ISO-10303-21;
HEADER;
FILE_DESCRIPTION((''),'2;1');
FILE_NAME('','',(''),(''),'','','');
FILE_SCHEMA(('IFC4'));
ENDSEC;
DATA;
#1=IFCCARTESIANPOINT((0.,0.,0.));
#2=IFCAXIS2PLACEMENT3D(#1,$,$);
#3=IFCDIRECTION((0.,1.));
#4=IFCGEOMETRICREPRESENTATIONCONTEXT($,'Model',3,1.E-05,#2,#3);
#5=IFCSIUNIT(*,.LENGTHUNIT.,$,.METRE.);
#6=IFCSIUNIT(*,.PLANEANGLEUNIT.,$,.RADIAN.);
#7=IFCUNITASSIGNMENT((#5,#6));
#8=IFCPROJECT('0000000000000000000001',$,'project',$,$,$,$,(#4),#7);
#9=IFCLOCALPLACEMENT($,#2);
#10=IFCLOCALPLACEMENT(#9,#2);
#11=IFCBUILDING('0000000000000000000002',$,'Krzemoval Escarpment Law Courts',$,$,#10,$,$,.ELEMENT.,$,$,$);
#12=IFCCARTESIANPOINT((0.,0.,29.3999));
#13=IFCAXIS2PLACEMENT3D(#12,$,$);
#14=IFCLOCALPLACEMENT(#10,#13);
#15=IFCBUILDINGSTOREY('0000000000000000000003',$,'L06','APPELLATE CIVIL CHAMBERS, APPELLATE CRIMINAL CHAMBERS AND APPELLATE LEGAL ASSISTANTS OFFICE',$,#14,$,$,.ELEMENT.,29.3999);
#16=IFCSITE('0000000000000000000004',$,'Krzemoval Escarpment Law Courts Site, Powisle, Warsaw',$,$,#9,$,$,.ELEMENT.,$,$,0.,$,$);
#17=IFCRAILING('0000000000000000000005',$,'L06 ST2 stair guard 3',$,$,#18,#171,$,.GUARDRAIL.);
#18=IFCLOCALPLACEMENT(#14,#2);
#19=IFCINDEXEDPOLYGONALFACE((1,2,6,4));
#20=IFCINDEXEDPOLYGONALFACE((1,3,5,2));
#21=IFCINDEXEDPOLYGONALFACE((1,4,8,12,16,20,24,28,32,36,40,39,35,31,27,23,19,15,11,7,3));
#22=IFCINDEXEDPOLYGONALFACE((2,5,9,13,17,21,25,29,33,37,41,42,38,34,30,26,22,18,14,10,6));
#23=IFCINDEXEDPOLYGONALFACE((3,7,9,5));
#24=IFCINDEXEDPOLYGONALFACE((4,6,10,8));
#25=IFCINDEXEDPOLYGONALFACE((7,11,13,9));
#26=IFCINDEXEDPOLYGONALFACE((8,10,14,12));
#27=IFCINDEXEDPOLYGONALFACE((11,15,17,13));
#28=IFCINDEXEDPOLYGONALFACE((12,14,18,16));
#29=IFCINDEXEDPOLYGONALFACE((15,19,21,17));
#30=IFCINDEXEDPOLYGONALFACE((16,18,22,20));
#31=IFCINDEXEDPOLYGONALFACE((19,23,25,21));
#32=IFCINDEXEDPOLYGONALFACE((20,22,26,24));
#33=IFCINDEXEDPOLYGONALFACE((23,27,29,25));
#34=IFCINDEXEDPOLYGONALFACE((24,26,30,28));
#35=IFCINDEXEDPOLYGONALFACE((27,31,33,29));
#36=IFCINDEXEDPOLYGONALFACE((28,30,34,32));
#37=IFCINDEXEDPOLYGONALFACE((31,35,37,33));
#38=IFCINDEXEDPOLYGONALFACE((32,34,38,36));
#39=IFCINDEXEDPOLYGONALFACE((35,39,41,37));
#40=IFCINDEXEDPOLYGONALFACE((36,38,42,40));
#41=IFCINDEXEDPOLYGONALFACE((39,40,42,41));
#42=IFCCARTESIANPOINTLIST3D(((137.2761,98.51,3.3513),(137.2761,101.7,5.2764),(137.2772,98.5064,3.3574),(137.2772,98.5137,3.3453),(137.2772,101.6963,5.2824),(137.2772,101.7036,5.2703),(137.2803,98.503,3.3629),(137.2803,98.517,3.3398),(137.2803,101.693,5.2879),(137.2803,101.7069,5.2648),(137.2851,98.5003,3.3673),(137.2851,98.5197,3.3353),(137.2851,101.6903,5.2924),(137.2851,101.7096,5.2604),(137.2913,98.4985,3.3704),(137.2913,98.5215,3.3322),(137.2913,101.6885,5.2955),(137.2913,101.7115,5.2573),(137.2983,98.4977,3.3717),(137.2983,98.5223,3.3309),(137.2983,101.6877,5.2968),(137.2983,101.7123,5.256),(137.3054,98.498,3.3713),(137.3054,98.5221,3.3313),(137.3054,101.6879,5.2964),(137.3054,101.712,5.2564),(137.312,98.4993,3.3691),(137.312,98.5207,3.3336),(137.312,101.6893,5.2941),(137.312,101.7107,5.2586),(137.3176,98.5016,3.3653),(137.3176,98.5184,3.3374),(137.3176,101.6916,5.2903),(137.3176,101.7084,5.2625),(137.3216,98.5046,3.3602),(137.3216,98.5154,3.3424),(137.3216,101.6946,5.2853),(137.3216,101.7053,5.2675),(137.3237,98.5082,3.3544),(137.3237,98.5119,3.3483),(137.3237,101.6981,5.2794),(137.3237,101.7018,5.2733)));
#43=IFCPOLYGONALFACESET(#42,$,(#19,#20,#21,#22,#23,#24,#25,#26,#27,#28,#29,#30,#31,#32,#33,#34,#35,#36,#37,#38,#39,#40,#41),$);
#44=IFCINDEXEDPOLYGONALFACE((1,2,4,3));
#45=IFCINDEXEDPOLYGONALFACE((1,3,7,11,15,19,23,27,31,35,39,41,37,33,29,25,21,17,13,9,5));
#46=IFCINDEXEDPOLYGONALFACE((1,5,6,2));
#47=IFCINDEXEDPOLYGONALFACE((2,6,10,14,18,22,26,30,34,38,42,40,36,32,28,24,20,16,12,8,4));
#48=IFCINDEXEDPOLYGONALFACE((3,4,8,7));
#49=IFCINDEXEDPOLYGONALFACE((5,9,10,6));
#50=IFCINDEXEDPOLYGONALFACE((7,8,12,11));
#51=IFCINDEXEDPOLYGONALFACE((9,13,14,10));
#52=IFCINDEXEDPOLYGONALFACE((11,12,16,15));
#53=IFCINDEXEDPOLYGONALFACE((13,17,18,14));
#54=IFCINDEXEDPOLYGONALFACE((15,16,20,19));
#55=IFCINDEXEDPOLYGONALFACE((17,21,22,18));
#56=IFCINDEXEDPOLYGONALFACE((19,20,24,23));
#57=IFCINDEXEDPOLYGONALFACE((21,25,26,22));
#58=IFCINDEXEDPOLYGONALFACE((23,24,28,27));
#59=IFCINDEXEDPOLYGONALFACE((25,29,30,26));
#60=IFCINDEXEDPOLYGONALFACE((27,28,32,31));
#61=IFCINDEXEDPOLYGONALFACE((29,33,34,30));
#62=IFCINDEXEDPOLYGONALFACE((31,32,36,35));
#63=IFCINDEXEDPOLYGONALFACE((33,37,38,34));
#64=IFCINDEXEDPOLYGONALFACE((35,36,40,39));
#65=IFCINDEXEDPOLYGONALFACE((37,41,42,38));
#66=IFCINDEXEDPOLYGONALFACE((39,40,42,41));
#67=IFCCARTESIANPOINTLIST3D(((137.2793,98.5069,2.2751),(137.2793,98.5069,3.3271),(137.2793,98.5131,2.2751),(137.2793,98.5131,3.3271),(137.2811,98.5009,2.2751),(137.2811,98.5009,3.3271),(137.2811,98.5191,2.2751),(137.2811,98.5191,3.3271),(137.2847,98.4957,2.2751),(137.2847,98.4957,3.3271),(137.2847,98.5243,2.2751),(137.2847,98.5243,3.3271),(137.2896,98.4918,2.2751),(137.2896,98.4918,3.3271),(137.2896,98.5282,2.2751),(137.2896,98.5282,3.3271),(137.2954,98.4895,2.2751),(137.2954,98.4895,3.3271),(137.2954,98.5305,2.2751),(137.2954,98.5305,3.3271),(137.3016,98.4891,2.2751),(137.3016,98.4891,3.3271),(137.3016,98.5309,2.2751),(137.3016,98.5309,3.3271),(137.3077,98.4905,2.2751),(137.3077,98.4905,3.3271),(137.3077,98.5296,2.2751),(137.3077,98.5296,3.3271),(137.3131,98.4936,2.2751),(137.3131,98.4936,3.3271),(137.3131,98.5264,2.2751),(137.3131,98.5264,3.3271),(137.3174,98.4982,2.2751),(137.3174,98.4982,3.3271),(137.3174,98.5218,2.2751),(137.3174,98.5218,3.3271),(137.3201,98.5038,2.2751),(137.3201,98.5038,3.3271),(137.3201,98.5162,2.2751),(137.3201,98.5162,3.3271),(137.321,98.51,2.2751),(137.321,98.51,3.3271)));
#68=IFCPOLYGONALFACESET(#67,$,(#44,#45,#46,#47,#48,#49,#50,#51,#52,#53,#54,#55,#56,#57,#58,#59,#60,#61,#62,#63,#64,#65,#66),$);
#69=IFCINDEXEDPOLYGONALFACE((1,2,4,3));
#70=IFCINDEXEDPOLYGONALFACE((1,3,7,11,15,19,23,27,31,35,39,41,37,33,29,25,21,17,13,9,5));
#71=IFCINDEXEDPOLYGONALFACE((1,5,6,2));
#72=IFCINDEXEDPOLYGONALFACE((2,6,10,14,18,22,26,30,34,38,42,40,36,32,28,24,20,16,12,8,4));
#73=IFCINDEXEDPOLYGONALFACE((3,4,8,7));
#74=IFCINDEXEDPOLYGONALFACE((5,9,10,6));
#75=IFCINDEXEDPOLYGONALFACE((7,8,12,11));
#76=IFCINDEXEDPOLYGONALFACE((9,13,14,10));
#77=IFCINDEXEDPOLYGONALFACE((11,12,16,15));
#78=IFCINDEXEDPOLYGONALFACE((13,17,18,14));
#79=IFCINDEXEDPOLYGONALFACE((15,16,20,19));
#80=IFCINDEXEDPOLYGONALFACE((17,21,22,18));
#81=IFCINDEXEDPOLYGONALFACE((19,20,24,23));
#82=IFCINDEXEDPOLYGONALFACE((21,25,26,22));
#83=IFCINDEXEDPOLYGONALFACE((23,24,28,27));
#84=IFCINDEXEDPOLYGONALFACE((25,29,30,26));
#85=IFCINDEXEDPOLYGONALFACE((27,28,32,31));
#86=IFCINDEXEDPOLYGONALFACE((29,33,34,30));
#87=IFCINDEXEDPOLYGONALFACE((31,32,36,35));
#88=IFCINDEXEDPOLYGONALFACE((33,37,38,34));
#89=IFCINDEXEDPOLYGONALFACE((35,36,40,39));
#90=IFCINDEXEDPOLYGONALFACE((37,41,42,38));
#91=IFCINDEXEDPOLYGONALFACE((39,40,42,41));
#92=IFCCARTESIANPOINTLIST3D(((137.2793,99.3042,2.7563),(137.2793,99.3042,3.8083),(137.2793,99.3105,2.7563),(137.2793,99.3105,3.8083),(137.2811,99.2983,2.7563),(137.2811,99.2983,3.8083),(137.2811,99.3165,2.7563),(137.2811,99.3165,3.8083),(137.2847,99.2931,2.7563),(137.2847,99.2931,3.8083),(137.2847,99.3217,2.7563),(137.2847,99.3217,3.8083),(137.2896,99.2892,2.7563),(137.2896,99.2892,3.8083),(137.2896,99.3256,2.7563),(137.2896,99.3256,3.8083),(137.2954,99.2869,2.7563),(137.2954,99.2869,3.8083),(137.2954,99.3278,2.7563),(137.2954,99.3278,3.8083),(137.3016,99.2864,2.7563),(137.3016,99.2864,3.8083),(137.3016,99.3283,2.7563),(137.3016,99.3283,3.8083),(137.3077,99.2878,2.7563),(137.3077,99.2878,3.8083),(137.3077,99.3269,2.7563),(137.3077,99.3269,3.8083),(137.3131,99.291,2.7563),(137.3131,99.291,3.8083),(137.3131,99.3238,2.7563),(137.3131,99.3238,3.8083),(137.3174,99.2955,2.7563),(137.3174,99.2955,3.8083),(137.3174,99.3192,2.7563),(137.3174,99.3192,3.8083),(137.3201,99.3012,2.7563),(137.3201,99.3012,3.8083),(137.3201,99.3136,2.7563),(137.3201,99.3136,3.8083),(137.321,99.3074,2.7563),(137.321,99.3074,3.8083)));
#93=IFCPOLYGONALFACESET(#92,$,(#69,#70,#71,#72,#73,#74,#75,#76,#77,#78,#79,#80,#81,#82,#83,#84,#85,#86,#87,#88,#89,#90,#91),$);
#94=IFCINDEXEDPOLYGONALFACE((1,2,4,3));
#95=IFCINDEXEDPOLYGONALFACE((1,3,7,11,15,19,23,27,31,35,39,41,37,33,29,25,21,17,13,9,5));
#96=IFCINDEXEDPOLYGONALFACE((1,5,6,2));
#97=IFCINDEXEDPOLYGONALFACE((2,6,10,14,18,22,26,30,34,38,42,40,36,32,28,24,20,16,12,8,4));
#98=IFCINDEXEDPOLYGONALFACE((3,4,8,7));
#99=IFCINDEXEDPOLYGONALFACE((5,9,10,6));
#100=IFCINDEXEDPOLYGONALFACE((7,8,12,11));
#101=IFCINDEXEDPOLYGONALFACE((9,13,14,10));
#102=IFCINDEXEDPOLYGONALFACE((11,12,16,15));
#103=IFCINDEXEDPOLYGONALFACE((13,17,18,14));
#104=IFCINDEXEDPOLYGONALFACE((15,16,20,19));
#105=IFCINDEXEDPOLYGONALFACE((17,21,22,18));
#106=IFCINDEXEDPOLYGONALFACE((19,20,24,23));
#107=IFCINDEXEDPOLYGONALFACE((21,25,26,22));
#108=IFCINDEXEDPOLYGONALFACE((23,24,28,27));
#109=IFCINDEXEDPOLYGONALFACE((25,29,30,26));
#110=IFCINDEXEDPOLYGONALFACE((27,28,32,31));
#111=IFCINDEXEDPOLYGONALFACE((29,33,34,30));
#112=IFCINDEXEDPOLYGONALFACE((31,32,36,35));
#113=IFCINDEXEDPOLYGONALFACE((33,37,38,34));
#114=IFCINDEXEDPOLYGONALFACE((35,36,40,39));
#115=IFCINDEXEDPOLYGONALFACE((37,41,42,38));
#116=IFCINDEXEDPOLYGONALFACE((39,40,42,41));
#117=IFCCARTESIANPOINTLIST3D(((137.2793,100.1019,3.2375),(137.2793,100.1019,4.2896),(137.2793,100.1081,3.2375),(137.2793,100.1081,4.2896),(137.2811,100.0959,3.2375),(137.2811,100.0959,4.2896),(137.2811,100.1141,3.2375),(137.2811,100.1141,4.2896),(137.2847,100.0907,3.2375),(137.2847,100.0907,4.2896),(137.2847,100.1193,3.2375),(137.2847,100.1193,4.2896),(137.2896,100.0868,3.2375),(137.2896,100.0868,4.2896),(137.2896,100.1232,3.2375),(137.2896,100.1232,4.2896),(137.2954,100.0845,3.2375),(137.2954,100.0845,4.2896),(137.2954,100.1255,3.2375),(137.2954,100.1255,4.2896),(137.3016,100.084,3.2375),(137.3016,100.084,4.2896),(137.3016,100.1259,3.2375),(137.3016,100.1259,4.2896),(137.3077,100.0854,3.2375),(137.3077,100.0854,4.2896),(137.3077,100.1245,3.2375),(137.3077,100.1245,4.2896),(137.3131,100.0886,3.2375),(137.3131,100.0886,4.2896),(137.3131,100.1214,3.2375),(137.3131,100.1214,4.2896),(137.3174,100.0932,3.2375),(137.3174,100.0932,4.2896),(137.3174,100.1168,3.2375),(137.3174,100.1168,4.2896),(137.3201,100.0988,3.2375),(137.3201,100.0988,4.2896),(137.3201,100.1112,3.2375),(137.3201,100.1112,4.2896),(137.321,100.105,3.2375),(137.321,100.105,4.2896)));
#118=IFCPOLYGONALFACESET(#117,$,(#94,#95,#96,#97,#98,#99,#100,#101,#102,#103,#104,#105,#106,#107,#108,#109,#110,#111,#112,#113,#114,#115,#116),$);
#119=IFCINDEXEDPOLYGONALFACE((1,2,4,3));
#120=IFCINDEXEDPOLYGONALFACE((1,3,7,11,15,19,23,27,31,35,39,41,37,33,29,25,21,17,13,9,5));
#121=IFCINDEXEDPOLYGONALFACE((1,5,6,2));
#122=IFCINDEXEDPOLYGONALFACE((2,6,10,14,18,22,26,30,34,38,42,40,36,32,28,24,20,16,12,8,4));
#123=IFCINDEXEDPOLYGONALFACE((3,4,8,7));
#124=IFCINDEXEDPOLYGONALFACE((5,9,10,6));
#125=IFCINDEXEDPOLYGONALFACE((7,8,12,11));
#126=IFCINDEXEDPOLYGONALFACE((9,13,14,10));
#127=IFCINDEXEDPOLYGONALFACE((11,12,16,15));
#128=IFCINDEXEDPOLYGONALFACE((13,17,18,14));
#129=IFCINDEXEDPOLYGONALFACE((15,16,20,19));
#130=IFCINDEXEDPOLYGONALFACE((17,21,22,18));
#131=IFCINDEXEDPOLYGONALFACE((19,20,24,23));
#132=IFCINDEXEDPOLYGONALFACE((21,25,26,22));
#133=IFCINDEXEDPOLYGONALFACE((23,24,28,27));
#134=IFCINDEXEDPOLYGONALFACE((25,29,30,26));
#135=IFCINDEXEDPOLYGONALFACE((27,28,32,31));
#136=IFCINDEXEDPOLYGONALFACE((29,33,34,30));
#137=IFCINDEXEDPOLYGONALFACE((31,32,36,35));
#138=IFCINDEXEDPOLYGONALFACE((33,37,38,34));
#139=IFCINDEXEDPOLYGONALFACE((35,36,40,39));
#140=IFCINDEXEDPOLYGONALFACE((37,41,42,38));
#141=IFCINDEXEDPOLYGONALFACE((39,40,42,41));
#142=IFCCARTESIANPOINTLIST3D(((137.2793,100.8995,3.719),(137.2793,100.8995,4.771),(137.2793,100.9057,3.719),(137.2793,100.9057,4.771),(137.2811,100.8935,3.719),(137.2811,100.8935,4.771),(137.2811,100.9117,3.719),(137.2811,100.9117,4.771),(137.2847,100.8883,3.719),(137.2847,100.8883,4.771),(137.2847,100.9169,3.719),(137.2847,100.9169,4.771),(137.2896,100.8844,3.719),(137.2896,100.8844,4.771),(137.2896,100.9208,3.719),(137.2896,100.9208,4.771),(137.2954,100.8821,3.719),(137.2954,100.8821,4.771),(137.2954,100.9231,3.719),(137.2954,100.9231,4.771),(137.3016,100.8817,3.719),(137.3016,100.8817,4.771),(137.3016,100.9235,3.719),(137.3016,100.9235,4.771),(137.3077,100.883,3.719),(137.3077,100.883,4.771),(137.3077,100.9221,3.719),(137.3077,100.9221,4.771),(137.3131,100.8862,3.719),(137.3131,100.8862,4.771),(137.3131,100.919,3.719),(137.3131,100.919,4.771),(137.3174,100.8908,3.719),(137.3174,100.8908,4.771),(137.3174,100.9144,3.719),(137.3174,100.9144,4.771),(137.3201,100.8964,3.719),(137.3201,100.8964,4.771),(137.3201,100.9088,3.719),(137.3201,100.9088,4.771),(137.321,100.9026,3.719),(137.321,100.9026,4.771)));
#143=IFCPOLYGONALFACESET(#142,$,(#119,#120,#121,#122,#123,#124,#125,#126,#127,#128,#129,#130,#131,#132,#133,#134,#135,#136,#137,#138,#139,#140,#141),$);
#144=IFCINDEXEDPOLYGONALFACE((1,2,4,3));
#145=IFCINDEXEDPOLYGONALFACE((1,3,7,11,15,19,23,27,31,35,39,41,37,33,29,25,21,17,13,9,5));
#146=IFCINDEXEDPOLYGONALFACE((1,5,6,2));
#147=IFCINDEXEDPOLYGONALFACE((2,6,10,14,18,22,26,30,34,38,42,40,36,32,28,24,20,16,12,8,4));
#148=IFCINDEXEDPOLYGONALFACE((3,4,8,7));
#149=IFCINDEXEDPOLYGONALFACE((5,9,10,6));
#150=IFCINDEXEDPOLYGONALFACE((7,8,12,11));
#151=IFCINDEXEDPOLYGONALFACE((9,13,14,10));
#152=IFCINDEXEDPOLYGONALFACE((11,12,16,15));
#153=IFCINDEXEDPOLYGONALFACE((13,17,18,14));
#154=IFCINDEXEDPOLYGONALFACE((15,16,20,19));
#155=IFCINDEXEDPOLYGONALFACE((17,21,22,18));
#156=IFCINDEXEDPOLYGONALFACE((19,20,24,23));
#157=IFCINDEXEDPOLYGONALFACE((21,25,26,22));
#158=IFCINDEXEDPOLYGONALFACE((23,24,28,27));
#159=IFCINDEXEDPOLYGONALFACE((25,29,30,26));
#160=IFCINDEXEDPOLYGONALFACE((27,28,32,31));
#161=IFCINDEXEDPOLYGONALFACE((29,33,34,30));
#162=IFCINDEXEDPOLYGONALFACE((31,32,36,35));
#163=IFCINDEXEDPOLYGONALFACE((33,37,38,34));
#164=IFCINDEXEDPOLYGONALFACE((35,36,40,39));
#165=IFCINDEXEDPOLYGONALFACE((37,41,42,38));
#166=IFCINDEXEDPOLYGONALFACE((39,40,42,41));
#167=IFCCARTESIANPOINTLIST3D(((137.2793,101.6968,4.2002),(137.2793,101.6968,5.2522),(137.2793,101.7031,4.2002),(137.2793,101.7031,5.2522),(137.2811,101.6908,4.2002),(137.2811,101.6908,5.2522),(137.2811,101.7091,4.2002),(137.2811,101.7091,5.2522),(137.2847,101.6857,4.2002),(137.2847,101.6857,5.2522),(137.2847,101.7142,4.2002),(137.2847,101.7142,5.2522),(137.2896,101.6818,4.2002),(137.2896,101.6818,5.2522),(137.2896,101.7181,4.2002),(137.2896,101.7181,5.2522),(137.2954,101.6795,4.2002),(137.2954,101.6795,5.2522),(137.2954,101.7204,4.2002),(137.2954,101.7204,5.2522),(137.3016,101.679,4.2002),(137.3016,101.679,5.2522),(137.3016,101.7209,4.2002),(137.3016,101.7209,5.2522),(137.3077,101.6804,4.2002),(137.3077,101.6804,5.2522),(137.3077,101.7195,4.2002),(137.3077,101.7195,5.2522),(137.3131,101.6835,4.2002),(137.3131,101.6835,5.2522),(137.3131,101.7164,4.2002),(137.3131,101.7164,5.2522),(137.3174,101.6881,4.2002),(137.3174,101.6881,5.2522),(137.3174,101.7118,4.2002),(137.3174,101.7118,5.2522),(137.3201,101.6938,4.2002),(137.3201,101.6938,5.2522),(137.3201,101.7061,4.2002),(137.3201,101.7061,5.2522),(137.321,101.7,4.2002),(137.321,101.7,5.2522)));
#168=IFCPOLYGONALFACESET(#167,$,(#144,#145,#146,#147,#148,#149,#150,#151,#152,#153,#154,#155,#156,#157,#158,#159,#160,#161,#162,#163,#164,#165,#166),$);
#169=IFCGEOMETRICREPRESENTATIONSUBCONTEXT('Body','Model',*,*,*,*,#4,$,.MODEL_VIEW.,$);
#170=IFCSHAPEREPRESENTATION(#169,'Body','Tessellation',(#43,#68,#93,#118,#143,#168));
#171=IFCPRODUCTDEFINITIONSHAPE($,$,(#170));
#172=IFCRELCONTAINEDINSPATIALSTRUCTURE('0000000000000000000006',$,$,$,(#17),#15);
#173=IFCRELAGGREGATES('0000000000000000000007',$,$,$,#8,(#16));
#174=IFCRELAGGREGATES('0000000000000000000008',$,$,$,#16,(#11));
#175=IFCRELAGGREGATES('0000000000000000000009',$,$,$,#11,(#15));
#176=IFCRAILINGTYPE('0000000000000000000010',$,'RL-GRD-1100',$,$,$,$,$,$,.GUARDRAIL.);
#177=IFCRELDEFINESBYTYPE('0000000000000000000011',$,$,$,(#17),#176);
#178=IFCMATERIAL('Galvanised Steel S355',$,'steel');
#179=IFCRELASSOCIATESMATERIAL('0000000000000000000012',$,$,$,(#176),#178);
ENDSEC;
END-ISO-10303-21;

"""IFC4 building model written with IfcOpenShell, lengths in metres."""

from ifc_helpers import new_model, si_unit, direction, frame, origin, origin_2d, place, context, subcontext, project, spatial, circle, extrude, material, type_object, element, save


model = new_model("IFC4")

# Units and contexts
model_context = context("Model", 3, precision=1e-05, world=origin(), true_north=direction((0.0, 1.0)))
body_context = subcontext(model_context, "Body", "Model", "MODEL_VIEW")
ifc_project = project(units=[si_unit("LENGTHUNIT", "METRE"), si_unit("PLANEANGLEUNIT", "RADIAN")], contexts=[model_context])

# Site, building, storey
site_placement = place(None, origin())
site = spatial("IfcSite", under=ifc_project, at=site_placement, Name="Krzemoval Escarpment Law Courts Site, Powisle, Warsaw", CompositionType="ELEMENT", RefElevation=0.0)
building_placement = place(site_placement, origin())
building = spatial("IfcBuilding", under=site, at=building_placement, Name="Krzemoval Escarpment Law Courts", CompositionType="ELEMENT")
storey_placement = place(building_placement, frame((0.0, 0.0, 29.3999)))
storey = spatial("IfcBuildingStorey", under=building, at=storey_placement, Name="L06", Description="APPELLATE CIVIL CHAMBERS, APPELLATE CRIMINAL CHAMBERS AND APPELLATE LEGAL ASSISTANTS OFFICE", CompositionType="ELEMENT", Elevation=29.3999)

# Railing
ifc_material_1 = material(Name="Galvanised Steel S355", Category="steel")
railing_type = type_object("IfcRailingType", Name="RL-GRD-1100", PredefinedType="GUARDRAIL", material=ifc_material_1)
railing_1_placement = place(storey_placement, frame((137.3, 98.51, 2.2751)))
element("IfcRailing", 1, at=railing_1_placement, inside=storey, type_object=railing_type, Name="L06 ST2 stair guard 3", PredefinedType="GUARDRAIL", context=body_context, shape_type="SweptSolid", body=[
    extrude(circle(Radius=0.0239, at=origin_2d()), frame((0.0, 0.0, 1.0762), z_axis=(0.0, 0.856178, 0.516682), x_axis=(-1.0, 0.0, 0.0)), (0.0, 0.0, 1.0), 3.7258),
    extrude(circle(Radius=0.021, at=origin_2d()), origin(), (0.0, 0.0, 1.0), 1.052),
    extrude(circle(Radius=0.021, at=origin_2d()), frame((0.0, 0.7974, 0.4812)), (0.0, 0.0, 1.0), 1.052),
    extrude(circle(Radius=0.021, at=origin_2d()), frame((0.0, 1.595, 0.9624)), (0.0, 0.0, 1.0), 1.052),
    extrude(circle(Radius=0.021, at=origin_2d()), frame((0.0, 2.3926, 1.4438)), (0.0, 0.0, 1.0), 1.052),
    extrude(circle(Radius=0.021, at=origin_2d()), frame((0.0, 3.1899, 1.925)), (0.0, 0.0, 1.0), 1.052),
])

save(model, "model.ifc")
